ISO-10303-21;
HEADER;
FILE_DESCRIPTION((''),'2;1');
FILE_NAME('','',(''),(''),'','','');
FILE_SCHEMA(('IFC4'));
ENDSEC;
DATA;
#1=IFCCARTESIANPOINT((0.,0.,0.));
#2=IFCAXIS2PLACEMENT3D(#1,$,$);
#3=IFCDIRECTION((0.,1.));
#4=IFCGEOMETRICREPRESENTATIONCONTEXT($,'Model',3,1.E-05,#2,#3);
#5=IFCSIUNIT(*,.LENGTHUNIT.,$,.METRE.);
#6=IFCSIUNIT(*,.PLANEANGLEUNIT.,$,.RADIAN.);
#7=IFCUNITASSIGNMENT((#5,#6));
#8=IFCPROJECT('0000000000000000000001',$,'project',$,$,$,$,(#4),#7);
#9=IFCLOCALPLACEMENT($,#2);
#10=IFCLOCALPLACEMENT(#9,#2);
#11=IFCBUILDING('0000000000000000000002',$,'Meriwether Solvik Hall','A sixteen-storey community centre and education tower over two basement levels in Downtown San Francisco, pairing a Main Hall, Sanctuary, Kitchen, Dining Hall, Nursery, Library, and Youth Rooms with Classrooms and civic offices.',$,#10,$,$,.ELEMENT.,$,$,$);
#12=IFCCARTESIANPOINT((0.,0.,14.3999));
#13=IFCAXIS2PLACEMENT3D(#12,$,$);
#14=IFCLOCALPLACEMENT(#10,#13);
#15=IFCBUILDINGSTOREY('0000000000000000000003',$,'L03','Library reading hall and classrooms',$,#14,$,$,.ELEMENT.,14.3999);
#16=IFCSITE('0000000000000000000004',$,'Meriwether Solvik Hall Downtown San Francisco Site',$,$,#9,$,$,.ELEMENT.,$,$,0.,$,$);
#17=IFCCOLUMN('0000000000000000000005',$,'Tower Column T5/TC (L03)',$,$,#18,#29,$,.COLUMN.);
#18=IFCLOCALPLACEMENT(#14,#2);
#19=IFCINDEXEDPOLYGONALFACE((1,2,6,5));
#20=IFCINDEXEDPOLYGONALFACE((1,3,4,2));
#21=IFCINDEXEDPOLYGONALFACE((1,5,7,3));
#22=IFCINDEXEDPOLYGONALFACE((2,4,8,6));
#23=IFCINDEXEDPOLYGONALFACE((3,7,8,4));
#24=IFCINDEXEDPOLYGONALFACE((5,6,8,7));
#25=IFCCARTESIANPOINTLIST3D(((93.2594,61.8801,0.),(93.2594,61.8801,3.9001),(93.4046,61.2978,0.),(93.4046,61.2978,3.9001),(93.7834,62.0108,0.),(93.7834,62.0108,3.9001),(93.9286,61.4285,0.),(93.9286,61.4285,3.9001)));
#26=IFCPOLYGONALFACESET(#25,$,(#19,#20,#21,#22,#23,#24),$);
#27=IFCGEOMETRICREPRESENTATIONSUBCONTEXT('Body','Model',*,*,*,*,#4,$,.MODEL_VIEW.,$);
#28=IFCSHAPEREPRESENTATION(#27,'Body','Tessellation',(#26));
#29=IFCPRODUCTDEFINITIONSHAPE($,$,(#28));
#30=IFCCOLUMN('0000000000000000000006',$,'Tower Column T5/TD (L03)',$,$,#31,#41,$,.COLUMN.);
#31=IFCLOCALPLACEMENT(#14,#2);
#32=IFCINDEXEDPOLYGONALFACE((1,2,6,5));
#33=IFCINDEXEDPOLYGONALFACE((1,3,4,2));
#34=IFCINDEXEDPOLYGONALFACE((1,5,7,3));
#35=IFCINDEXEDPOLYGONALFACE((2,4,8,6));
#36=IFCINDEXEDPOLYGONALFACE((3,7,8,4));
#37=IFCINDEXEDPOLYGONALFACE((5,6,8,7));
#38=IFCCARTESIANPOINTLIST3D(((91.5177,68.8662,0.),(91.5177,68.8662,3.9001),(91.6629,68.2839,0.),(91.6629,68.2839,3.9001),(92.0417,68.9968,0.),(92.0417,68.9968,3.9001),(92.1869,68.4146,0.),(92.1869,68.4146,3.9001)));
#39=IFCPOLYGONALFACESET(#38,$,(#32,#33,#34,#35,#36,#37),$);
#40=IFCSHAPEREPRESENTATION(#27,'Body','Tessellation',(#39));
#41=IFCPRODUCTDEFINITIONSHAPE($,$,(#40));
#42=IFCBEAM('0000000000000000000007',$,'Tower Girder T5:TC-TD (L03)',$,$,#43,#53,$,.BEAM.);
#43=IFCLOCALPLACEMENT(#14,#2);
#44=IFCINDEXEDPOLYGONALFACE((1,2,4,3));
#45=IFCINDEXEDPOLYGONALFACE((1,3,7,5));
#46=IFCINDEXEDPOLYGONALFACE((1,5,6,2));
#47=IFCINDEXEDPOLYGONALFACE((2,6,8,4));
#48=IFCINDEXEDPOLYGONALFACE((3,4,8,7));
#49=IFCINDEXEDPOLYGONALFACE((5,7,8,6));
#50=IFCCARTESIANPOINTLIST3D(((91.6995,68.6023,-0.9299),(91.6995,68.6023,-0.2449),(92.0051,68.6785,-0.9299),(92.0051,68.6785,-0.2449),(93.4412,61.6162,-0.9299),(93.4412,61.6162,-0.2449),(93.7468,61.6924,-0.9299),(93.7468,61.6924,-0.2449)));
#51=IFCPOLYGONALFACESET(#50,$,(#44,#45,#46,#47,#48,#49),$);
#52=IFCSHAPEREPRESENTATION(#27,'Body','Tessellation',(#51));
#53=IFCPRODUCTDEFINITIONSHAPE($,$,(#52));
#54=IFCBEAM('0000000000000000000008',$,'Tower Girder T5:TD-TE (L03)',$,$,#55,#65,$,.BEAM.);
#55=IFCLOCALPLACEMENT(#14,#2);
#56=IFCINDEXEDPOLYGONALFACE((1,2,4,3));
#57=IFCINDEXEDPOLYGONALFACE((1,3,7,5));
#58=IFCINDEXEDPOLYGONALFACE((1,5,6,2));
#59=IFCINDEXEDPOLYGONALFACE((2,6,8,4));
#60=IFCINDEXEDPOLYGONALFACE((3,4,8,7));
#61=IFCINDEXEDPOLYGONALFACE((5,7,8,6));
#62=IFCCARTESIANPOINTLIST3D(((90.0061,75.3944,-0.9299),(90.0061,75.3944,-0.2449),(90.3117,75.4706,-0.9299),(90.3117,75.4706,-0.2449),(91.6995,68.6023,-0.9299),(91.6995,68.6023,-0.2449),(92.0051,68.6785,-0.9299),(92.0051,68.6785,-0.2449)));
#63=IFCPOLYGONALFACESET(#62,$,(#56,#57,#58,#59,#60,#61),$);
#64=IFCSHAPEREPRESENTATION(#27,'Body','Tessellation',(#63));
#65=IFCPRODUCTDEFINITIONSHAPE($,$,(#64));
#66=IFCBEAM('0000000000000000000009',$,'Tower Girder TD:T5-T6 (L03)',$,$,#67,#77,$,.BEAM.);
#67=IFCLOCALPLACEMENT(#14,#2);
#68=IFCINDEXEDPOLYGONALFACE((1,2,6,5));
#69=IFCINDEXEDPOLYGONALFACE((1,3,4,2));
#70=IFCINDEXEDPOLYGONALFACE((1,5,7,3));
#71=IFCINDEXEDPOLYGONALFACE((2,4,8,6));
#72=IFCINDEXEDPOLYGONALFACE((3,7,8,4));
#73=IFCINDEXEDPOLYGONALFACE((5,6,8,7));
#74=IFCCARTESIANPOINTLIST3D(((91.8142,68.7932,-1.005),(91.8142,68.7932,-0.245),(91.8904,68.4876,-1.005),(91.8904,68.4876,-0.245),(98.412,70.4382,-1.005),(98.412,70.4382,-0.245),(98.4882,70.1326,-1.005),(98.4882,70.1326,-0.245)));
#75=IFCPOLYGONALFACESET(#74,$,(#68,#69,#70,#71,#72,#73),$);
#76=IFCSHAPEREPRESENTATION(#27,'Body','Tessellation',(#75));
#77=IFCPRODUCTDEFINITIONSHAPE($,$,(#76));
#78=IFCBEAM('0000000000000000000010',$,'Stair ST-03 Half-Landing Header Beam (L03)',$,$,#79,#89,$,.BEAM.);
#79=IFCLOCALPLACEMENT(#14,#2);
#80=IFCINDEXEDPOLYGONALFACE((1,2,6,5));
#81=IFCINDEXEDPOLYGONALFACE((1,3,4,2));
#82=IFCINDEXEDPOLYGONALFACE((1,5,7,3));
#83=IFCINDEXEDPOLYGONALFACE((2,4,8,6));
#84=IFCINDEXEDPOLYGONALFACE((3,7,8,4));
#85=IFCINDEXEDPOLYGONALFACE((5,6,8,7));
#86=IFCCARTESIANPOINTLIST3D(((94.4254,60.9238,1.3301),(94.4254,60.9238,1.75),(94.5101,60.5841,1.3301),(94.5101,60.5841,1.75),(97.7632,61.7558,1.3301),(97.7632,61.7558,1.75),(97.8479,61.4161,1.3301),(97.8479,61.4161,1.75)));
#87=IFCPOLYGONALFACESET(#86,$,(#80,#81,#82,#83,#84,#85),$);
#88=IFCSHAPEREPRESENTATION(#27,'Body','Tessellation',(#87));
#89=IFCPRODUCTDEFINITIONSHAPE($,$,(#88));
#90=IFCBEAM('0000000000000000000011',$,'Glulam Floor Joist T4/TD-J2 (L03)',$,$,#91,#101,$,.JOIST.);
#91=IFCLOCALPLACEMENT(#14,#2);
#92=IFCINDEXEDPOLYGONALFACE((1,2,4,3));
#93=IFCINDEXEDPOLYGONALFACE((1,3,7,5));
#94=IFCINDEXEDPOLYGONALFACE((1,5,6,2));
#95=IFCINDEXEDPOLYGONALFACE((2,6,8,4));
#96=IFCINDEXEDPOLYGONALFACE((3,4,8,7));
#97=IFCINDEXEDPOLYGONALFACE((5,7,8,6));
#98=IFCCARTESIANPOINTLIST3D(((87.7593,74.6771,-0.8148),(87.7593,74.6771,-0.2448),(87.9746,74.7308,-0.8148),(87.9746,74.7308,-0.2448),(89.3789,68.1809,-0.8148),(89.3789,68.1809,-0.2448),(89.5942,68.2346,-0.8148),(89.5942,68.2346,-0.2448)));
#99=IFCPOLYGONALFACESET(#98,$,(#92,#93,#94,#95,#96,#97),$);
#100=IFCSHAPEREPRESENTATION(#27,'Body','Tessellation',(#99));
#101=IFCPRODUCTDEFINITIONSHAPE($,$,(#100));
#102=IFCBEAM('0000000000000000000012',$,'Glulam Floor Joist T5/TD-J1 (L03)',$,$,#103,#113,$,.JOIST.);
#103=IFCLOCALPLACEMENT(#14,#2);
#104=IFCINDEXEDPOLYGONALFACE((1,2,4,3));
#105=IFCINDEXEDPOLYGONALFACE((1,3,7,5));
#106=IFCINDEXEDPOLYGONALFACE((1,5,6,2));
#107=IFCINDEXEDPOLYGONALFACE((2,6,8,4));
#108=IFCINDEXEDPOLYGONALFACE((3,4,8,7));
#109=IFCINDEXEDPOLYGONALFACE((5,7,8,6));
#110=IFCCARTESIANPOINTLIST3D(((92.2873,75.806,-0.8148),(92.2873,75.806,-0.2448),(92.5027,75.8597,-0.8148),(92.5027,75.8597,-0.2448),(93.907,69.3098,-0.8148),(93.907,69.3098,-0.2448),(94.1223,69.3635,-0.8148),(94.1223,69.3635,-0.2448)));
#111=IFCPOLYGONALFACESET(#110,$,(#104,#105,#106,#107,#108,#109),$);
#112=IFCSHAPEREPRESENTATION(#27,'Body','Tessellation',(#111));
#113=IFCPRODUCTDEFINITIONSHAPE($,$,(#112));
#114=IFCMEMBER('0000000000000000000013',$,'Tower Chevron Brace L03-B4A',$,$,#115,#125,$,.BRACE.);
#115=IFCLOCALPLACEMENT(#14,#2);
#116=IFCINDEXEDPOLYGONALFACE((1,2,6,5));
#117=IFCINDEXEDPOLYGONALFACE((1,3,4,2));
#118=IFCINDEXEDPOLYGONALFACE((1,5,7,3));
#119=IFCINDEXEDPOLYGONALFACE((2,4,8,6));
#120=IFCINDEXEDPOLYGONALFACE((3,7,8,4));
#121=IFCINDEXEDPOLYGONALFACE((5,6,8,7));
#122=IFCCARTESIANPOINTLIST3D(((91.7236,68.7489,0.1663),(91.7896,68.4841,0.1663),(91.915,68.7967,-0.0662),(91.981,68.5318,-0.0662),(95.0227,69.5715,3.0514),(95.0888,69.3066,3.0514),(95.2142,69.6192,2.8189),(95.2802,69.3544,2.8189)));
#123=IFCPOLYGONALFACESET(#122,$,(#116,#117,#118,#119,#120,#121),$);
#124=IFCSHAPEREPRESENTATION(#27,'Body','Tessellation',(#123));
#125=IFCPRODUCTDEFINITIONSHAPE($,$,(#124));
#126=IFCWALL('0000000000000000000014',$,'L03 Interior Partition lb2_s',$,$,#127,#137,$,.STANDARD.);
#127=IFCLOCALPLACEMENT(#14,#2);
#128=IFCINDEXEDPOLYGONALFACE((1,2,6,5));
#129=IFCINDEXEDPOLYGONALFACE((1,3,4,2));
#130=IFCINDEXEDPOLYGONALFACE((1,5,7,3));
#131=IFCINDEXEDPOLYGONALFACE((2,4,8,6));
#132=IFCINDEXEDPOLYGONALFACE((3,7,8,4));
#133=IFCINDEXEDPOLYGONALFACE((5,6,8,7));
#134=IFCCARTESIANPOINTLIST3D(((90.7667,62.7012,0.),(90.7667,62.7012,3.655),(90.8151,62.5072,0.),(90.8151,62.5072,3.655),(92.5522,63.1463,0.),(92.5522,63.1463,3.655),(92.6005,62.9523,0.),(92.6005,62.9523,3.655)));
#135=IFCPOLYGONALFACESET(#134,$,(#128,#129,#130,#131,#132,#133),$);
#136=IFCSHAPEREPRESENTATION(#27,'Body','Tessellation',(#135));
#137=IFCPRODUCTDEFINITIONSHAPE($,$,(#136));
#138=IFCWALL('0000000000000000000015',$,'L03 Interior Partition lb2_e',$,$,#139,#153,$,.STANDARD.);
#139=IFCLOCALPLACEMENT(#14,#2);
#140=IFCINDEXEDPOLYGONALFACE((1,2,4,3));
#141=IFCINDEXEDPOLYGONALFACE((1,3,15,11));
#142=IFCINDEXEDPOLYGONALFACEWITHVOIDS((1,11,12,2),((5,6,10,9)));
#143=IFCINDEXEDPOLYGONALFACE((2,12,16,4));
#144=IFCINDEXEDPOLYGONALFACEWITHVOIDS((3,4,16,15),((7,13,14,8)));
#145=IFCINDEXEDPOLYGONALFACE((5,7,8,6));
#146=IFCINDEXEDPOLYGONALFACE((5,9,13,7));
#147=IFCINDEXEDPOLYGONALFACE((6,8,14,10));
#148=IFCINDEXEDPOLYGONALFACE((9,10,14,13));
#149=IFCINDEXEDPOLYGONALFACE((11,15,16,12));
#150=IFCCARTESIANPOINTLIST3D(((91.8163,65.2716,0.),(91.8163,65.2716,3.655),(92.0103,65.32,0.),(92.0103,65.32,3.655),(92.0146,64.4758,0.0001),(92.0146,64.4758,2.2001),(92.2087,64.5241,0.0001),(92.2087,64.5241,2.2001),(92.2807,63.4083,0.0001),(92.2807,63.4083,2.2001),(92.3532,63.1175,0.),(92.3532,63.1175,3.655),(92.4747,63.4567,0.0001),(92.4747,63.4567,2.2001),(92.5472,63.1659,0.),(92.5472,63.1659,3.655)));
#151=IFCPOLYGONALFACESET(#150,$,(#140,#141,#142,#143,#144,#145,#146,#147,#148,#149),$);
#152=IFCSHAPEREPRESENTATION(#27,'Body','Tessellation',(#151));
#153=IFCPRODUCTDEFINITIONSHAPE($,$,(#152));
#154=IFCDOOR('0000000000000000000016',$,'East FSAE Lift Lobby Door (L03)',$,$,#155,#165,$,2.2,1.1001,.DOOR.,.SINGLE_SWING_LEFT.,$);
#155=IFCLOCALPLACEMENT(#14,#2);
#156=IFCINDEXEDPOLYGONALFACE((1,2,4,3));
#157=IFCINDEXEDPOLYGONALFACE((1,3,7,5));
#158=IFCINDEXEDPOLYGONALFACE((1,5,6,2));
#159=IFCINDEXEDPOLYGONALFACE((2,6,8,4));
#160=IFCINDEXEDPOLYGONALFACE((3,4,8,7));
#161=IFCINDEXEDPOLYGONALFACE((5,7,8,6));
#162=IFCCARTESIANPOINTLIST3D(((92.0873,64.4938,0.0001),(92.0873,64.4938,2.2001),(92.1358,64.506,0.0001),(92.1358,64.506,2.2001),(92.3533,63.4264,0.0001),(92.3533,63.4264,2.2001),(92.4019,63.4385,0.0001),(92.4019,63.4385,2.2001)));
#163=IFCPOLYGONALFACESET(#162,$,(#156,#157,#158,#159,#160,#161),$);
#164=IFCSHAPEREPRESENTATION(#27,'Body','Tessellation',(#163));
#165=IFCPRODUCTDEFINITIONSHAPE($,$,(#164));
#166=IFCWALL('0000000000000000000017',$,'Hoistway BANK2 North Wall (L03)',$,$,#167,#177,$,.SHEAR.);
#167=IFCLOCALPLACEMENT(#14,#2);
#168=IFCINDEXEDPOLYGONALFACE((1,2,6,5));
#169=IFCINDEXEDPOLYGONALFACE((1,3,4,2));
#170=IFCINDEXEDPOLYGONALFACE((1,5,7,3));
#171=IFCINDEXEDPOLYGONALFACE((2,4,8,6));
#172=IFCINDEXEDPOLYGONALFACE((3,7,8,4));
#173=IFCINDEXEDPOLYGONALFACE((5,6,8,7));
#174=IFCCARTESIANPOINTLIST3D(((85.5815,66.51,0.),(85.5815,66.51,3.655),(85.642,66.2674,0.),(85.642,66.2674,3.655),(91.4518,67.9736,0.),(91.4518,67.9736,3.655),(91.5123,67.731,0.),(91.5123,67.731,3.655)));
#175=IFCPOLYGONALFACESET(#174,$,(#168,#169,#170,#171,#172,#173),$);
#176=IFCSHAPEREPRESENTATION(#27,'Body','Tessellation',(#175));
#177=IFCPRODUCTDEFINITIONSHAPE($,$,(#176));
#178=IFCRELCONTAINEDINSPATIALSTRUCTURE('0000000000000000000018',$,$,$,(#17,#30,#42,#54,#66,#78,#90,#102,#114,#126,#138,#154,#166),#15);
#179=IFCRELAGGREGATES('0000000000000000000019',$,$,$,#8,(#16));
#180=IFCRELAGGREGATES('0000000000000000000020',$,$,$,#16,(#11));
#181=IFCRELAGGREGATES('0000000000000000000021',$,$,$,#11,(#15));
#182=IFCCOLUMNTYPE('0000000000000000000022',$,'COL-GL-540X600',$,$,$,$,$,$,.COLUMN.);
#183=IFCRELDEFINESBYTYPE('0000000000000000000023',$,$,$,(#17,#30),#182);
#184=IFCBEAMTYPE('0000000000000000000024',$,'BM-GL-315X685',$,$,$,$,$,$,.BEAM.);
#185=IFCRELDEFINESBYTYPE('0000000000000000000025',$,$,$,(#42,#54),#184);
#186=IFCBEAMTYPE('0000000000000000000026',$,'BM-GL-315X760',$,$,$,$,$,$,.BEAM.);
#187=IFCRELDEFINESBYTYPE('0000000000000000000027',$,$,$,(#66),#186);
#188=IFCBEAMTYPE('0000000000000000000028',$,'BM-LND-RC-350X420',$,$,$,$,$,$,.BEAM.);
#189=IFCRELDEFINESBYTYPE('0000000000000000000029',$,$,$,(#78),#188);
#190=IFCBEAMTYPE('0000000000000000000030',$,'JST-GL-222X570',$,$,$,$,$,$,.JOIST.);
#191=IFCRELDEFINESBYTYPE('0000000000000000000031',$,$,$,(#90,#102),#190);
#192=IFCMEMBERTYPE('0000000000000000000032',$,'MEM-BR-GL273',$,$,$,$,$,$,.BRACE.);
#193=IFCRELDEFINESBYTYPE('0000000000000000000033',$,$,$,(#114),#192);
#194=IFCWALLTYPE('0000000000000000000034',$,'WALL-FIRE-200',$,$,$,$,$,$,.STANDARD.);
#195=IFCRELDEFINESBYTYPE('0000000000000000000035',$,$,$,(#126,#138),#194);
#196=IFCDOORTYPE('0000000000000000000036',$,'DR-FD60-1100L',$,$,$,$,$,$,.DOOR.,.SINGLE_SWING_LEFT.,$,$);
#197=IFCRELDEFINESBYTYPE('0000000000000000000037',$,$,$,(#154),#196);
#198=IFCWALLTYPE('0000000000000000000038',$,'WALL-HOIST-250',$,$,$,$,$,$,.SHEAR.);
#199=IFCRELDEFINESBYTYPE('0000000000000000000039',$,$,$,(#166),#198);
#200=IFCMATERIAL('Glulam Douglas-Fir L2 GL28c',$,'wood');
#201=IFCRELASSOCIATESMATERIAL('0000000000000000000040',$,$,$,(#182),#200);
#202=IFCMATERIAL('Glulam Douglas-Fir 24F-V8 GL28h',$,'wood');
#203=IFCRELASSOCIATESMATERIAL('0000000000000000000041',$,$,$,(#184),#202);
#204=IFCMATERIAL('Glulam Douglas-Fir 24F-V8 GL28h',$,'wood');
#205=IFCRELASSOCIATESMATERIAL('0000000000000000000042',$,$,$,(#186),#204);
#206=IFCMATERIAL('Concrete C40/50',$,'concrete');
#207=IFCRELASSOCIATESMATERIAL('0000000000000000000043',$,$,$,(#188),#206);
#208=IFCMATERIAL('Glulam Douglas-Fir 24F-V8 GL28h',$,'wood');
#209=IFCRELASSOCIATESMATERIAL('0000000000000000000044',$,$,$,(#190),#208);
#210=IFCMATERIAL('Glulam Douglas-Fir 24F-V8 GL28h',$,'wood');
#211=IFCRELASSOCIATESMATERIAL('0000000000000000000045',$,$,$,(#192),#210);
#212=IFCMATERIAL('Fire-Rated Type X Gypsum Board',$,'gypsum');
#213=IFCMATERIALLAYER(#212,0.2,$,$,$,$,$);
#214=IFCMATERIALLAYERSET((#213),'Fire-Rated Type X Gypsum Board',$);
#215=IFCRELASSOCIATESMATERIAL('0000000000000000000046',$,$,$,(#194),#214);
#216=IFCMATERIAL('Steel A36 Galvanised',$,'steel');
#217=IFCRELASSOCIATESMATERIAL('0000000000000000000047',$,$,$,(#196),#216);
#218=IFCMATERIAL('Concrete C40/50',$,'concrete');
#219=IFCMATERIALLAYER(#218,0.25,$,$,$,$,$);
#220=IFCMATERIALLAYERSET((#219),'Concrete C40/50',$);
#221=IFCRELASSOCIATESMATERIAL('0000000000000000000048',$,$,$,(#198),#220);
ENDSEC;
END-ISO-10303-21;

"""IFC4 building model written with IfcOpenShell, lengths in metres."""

from ifc_helpers import new_model, si_unit, direction, frame, frame_2d, origin, origin_2d, place, context, subcontext, project, spatial, rectangle, extrude, material, layer, layer_set, material_profile, profile_set, type_object, element, fill, save


model = new_model("IFC4")

# Units and contexts
model_context = context("Model", 3, precision=1e-05, world=origin(), true_north=direction((0.0, 1.0)))
body_context = subcontext(model_context, "Body", "Model", "MODEL_VIEW")
ifc_project = project(units=[si_unit("LENGTHUNIT", "METRE"), si_unit("PLANEANGLEUNIT", "RADIAN")], contexts=[model_context])

# Site, building, storey
site_placement = place(None, origin())
site = spatial("IfcSite", under=ifc_project, at=site_placement, Name="Meriwether Solvik Hall Downtown San Francisco Site", CompositionType="ELEMENT", RefElevation=0.0)
building_placement = place(site_placement, origin())
building = spatial("IfcBuilding", under=site, at=building_placement, Name="Meriwether Solvik Hall", Description="A sixteen-storey community centre and education tower over two basement levels in Downtown San Francisco, pairing a Main Hall, Sanctuary, Kitchen, Dining Hall, Nursery, Library, and Youth Rooms with Classrooms and civic offices.", CompositionType="ELEMENT")
storey_placement = place(building_placement, frame((0.0, 0.0, 14.3999)))
storey = spatial("IfcBuildingStorey", under=building, at=storey_placement, Name="L03", Description="Library reading hall and classrooms", CompositionType="ELEMENT", Elevation=14.3999)

# Columns
ifc_material_1 = material(Name="Glulam Douglas-Fir L2 GL28c", Category="wood")
ifc_material_profile_1 = material_profile(ifc_material_1, rectangle(XDim=0.54, YDim=0.6001, at=origin_2d()), Name="GLC-540X600")
ifc_profile_set_1 = profile_set([ifc_material_profile_1], Name="Glulam Douglas-Fir L2 GL28c")
column_type = type_object("IfcColumnType", Name="COL-GL-540X600", PredefinedType="COLUMN", material=ifc_profile_set_1)
for number, where, z_axis, x_axis, name in (
    (1, (93.594, 61.6543, 0.0), (0.0, 0.0, 1.0), (0.970296, 0.241922, 0.0), "Tower Column T5/TC (L03)"),
    (2, (91.8523, 68.6404, 0.0), (0.0, 0.0, 1.0), (0.970296, 0.241922, 0.0), "Tower Column T5/TD (L03)"),
):
    element("IfcColumn", number, at=place(storey_placement, frame(where, z_axis=z_axis, x_axis=x_axis)), inside=storey, type_object=column_type, Name=name, PredefinedType="COLUMN", context=body_context, shape_type="SweptSolid", body=[
        extrude(rectangle(XDim=0.54, YDim=0.6001, at=origin_2d()), origin(), (0.0, 0.0, 1.0), 3.9001),
    ])

# Beams
ifc_material_2 = material(Name="Glulam Douglas-Fir 24F-V8 GL28h", Category="wood")
ifc_material_profile_2 = material_profile(ifc_material_2, rectangle(XDim=0.3149, YDim=0.6851, at=origin_2d()), Name="GLB-315X685")
ifc_profile_set_2 = profile_set([ifc_material_profile_2], Name="Glulam Douglas-Fir 24F-V8 GL28h")
beam_type_1 = type_object("IfcBeamType", Name="BM-GL-315X685", PredefinedType="BEAM", material=ifc_profile_set_2)
beam_1_placement = place(storey_placement, frame((93.594, 61.6543, -0.5874), z_axis=(-0.241905, 0.9703, 0.0), x_axis=(-0.9703, -0.241905, 0.0)))
element("IfcBeam", 3, at=beam_1_placement, inside=storey, type_object=beam_type_1, Name="Tower Girder T5:TC-TD (L03)", PredefinedType="BEAM", context=body_context, shape_type="SweptSolid", body=[
    extrude(rectangle(XDim=0.3149, YDim=0.6851, at=origin_2d()), origin(), (0.0, 0.0, 1.0), 7.2),
])
beam_2_placement = place(storey_placement, frame((91.8523, 68.6404, -0.5874), z_axis=(-0.241912, 0.970298, 0.0), x_axis=(-0.970298, -0.241912, 0.0)))
element("IfcBeam", 4, at=beam_2_placement, inside=storey, type_object=beam_type_1, Name="Tower Girder T5:TD-TE (L03)", PredefinedType="BEAM", context=body_context, shape_type="SweptSolid", body=[
    extrude(rectangle(XDim=0.3149, YDim=0.6851, at=origin_2d()), origin(), (0.0, 0.0, 1.0), 7.0),
])
ifc_material_3 = material(Name="Glulam Douglas-Fir 24F-V8 GL28h", Category="wood")
ifc_material_profile_3 = material_profile(ifc_material_3, rectangle(XDim=0.3149, YDim=0.76, at=origin_2d()), Name="GLB-315X760")
ifc_profile_set_3 = profile_set([ifc_material_profile_3], Name="Glulam Douglas-Fir 24F-V8 GL28h")
beam_type_2 = type_object("IfcBeamType", Name="BM-GL-315X760", PredefinedType="BEAM", material=ifc_profile_set_3)
beam_3_placement = place(storey_placement, frame((91.8523, 68.6404, -0.625), z_axis=(0.970296, 0.241919, 0.0), x_axis=(-0.241919, 0.970296, 0.0)))
element("IfcBeam", 5, at=beam_3_placement, inside=storey, type_object=beam_type_2, Name="Tower Girder TD:T5-T6 (L03)", PredefinedType="BEAM", context=body_context, shape_type="SweptSolid", body=[
    extrude(rectangle(XDim=0.3149, YDim=0.76, at=origin_2d()), origin(), (0.0, 0.0, 1.0), 6.7998),
])
ifc_material_4 = material(Name="Concrete C40/50", Category="concrete")
ifc_material_profile_4 = material_profile(ifc_material_4, rectangle(XDim=0.3501, YDim=0.4199, at=origin_2d()), Name="RCB-350X420")
ifc_profile_set_4 = profile_set([ifc_material_profile_4], Name="Concrete C40/50")
beam_type_3 = type_object("IfcBeamType", Name="BM-LND-RC-350X420", PredefinedType="BEAM", material=ifc_profile_set_4)
beam_4_placement = place(storey_placement, frame((94.4678, 60.7539, 1.54), z_axis=(0.970309, 0.241868, 0.0), x_axis=(-0.241868, 0.970309, 0.0)))
element("IfcBeam", 6, at=beam_4_placement, inside=storey, type_object=beam_type_3, Name="Stair ST-03 Half-Landing Header Beam (L03)", PredefinedType="BEAM", context=body_context, shape_type="SweptSolid", body=[
    extrude(rectangle(XDim=0.3501, YDim=0.4199, at=origin_2d()), origin(), (0.0, 0.0, 1.0), 3.4399),
])
ifc_material_5 = material(Name="Glulam Douglas-Fir 24F-V8 GL28h", Category="wood")
ifc_material_profile_5 = material_profile(ifc_material_5, rectangle(XDim=0.2219, YDim=0.5701, at=origin_2d()), Name="GLJ-222X570")
ifc_profile_set_5 = profile_set([ifc_material_profile_5], Name="Glulam Douglas-Fir 24F-V8 GL28h")
beam_type_4 = type_object("IfcBeamType", Name="JST-GL-222X570", PredefinedType="JOIST", material=ifc_profile_set_5)
for number, where, z_axis, x_axis, name in (
    (7, (89.4866, 68.2078, -0.5298), (-0.241918, 0.970297, 0.0), (-0.970297, -0.241918, 0.0), "Glulam Floor Joist T4/TD-J2 (L03)"),
    (8, (94.0146, 69.3367, -0.5298), (-0.241918, 0.970297, 0.0), (-0.970297, -0.241918, 0.0), "Glulam Floor Joist T5/TD-J1 (L03)"),
):
    element("IfcBeam", number, at=place(storey_placement, frame(where, z_axis=z_axis, x_axis=x_axis)), inside=storey, type_object=beam_type_4, Name=name, PredefinedType="JOIST", context=body_context, shape_type="SweptSolid", body=[
        extrude(rectangle(XDim=0.2219, YDim=0.5701, at=origin_2d()), origin(), (0.0, 0.0, 1.0), 6.6951),
    ])

# Member
ifc_material_6 = material(Name="Glulam Douglas-Fir 24F-V8 GL28h", Category="wood")
ifc_material_profile_6 = material_profile(ifc_material_6, rectangle(XDim=0.2729, YDim=0.3049, at=origin_2d()), Name="GLM-273X305")
ifc_profile_set_6 = profile_set([ifc_material_profile_6], Name="Glulam Douglas-Fir 24F-V8 GL28h")
member_type = type_object("IfcMemberType", Name="MEM-BR-GL273", PredefinedType="BRACE", material=ifc_profile_set_6)
member_placement = place(storey_placement, frame((91.8523, 68.6404, 0.05), z_axis=(0.73985, 0.184456, 0.646992), x_axis=(-0.24191, 0.970299, 0.0)))
element("IfcMember", 9, at=member_placement, inside=storey, type_object=member_type, Name="Tower Chevron Brace L03-B4A", PredefinedType="BRACE", context=body_context, shape_type="SweptSolid", body=[
    extrude(rectangle(XDim=0.2729, YDim=0.3049, at=origin_2d()), origin(), (0.0, 0.0, 1.0), 4.4592),
])

# Wall
ifc_material_7 = material(Name="Fire-Rated Type X Gypsum Board", Category="gypsum")
ifc_layer_1 = layer(ifc_material_7, 0.2)
ifc_layer_set_1 = layer_set([ifc_layer_1], Name="Fire-Rated Type X Gypsum Board")
wall_type_1 = type_object("IfcWallType", Name="WALL-FIRE-200", PredefinedType="STANDARD", material=ifc_layer_set_1)
wall_1_placement = place(storey_placement, frame((90.791, 62.6042, 0.0), z_axis=(0.0, 0.0, 1.0), x_axis=(0.970306, 0.24188, 0.0)))
element("IfcWall", 10, at=wall_1_placement, inside=storey, type_object=wall_type_1, Name="L03 Interior Partition lb2_s", PredefinedType="STANDARD", context=body_context, shape_type="SweptSolid", body=[
    extrude(rectangle(XDim=1.8401, YDim=0.2, at=frame_2d((0.9199, 0.0))), origin(), (0.0, 0.0, 1.0), 3.655),
])

# Wall, opening, door
wall_2_placement = place(storey_placement, frame((91.9133, 65.2957, 0.0), z_axis=(0.0, 0.0, 1.0), x_axis=(0.241837, -0.970317, 0.0)))
wall_2 = element("IfcWall", 11, at=wall_2_placement, inside=storey, type_object=wall_type_1, Name="L03 Interior Partition lb2_e", PredefinedType="STANDARD", context=body_context, shape_type="SweptSolid", body=[
    extrude(rectangle(XDim=2.22, YDim=0.2, at=frame_2d((1.1099, 0.0))), origin(), (0.0, 0.0, 1.0), 3.655),
])
opening_1_placement = place(wall_2_placement, frame((0.8201, 0.0, 0.0)))
opening_1 = element("IfcOpeningElement", 12, at=opening_1_placement, cuts=wall_2, PredefinedType="OPENING", context=body_context, shape_type="SweptSolid", body=[
    extrude(rectangle(XDim=1.1001, YDim=2.2, at=frame_2d((0.55, 1.1001))), frame((0.0, 0.1118, 0.0), z_axis=(0.0, -1.0, 0.0), x_axis=(1.0, 0.0, 0.0)), (0.0, 0.0, 1.0), 0.2239),
])
ifc_material_8 = material(Name="Steel A36 Galvanised", Category="steel")
door_type_1 = type_object("IfcDoorType", Name="DR-FD60-1100L", OperationType="SINGLE_SWING_LEFT", PredefinedType="DOOR", material=ifc_material_8)
door_1_placement = place(opening_1_placement, origin())
door_1 = element("IfcDoor", 13, at=door_1_placement, inside=storey, type_object=door_type_1, Name="East FSAE Lift Lobby Door (L03)", OperationType="SINGLE_SWING_LEFT", OverallHeight=2.2, OverallWidth=1.1001, PredefinedType="DOOR", context=body_context, shape_type="SweptSolid", body=[
    extrude(rectangle(XDim=1.1001, YDim=2.2, at=frame_2d((0.55, 1.1001))), frame((0.0, 0.0249, 0.0), z_axis=(0.0, -1.0, 0.0), x_axis=(1.0, 0.0, 0.0)), (0.0, 0.0, 1.0), 0.05),
])
fill(opening_1, door_1)

# Wall
ifc_material_9 = material(Name="Concrete C40/50", Category="concrete")
ifc_layer_2 = layer(ifc_material_9, 0.25)
ifc_layer_set_2 = layer_set([ifc_layer_2], Name="Concrete C40/50")
wall_type_2 = type_object("IfcWallType", Name="WALL-HOIST-250", PredefinedType="SHEAR", material=ifc_layer_set_2)
wall_3_placement = place(storey_placement, frame((91.4819, 67.8523, 0.0), z_axis=(0.0, 0.0, 1.0), x_axis=(-0.970297, -0.241918, 0.0)))
element("IfcWall", 14, at=wall_3_placement, inside=storey, type_object=wall_type_2, Name="Hoistway BANK2 North Wall (L03)", PredefinedType="SHEAR", context=body_context, shape_type="SweptSolid", body=[
    extrude(rectangle(XDim=6.05, YDim=0.25, at=frame_2d((3.0249, 0.0))), origin(), (0.0, 0.0, 1.0), 3.655),
])

save(model, "model.ifc")
